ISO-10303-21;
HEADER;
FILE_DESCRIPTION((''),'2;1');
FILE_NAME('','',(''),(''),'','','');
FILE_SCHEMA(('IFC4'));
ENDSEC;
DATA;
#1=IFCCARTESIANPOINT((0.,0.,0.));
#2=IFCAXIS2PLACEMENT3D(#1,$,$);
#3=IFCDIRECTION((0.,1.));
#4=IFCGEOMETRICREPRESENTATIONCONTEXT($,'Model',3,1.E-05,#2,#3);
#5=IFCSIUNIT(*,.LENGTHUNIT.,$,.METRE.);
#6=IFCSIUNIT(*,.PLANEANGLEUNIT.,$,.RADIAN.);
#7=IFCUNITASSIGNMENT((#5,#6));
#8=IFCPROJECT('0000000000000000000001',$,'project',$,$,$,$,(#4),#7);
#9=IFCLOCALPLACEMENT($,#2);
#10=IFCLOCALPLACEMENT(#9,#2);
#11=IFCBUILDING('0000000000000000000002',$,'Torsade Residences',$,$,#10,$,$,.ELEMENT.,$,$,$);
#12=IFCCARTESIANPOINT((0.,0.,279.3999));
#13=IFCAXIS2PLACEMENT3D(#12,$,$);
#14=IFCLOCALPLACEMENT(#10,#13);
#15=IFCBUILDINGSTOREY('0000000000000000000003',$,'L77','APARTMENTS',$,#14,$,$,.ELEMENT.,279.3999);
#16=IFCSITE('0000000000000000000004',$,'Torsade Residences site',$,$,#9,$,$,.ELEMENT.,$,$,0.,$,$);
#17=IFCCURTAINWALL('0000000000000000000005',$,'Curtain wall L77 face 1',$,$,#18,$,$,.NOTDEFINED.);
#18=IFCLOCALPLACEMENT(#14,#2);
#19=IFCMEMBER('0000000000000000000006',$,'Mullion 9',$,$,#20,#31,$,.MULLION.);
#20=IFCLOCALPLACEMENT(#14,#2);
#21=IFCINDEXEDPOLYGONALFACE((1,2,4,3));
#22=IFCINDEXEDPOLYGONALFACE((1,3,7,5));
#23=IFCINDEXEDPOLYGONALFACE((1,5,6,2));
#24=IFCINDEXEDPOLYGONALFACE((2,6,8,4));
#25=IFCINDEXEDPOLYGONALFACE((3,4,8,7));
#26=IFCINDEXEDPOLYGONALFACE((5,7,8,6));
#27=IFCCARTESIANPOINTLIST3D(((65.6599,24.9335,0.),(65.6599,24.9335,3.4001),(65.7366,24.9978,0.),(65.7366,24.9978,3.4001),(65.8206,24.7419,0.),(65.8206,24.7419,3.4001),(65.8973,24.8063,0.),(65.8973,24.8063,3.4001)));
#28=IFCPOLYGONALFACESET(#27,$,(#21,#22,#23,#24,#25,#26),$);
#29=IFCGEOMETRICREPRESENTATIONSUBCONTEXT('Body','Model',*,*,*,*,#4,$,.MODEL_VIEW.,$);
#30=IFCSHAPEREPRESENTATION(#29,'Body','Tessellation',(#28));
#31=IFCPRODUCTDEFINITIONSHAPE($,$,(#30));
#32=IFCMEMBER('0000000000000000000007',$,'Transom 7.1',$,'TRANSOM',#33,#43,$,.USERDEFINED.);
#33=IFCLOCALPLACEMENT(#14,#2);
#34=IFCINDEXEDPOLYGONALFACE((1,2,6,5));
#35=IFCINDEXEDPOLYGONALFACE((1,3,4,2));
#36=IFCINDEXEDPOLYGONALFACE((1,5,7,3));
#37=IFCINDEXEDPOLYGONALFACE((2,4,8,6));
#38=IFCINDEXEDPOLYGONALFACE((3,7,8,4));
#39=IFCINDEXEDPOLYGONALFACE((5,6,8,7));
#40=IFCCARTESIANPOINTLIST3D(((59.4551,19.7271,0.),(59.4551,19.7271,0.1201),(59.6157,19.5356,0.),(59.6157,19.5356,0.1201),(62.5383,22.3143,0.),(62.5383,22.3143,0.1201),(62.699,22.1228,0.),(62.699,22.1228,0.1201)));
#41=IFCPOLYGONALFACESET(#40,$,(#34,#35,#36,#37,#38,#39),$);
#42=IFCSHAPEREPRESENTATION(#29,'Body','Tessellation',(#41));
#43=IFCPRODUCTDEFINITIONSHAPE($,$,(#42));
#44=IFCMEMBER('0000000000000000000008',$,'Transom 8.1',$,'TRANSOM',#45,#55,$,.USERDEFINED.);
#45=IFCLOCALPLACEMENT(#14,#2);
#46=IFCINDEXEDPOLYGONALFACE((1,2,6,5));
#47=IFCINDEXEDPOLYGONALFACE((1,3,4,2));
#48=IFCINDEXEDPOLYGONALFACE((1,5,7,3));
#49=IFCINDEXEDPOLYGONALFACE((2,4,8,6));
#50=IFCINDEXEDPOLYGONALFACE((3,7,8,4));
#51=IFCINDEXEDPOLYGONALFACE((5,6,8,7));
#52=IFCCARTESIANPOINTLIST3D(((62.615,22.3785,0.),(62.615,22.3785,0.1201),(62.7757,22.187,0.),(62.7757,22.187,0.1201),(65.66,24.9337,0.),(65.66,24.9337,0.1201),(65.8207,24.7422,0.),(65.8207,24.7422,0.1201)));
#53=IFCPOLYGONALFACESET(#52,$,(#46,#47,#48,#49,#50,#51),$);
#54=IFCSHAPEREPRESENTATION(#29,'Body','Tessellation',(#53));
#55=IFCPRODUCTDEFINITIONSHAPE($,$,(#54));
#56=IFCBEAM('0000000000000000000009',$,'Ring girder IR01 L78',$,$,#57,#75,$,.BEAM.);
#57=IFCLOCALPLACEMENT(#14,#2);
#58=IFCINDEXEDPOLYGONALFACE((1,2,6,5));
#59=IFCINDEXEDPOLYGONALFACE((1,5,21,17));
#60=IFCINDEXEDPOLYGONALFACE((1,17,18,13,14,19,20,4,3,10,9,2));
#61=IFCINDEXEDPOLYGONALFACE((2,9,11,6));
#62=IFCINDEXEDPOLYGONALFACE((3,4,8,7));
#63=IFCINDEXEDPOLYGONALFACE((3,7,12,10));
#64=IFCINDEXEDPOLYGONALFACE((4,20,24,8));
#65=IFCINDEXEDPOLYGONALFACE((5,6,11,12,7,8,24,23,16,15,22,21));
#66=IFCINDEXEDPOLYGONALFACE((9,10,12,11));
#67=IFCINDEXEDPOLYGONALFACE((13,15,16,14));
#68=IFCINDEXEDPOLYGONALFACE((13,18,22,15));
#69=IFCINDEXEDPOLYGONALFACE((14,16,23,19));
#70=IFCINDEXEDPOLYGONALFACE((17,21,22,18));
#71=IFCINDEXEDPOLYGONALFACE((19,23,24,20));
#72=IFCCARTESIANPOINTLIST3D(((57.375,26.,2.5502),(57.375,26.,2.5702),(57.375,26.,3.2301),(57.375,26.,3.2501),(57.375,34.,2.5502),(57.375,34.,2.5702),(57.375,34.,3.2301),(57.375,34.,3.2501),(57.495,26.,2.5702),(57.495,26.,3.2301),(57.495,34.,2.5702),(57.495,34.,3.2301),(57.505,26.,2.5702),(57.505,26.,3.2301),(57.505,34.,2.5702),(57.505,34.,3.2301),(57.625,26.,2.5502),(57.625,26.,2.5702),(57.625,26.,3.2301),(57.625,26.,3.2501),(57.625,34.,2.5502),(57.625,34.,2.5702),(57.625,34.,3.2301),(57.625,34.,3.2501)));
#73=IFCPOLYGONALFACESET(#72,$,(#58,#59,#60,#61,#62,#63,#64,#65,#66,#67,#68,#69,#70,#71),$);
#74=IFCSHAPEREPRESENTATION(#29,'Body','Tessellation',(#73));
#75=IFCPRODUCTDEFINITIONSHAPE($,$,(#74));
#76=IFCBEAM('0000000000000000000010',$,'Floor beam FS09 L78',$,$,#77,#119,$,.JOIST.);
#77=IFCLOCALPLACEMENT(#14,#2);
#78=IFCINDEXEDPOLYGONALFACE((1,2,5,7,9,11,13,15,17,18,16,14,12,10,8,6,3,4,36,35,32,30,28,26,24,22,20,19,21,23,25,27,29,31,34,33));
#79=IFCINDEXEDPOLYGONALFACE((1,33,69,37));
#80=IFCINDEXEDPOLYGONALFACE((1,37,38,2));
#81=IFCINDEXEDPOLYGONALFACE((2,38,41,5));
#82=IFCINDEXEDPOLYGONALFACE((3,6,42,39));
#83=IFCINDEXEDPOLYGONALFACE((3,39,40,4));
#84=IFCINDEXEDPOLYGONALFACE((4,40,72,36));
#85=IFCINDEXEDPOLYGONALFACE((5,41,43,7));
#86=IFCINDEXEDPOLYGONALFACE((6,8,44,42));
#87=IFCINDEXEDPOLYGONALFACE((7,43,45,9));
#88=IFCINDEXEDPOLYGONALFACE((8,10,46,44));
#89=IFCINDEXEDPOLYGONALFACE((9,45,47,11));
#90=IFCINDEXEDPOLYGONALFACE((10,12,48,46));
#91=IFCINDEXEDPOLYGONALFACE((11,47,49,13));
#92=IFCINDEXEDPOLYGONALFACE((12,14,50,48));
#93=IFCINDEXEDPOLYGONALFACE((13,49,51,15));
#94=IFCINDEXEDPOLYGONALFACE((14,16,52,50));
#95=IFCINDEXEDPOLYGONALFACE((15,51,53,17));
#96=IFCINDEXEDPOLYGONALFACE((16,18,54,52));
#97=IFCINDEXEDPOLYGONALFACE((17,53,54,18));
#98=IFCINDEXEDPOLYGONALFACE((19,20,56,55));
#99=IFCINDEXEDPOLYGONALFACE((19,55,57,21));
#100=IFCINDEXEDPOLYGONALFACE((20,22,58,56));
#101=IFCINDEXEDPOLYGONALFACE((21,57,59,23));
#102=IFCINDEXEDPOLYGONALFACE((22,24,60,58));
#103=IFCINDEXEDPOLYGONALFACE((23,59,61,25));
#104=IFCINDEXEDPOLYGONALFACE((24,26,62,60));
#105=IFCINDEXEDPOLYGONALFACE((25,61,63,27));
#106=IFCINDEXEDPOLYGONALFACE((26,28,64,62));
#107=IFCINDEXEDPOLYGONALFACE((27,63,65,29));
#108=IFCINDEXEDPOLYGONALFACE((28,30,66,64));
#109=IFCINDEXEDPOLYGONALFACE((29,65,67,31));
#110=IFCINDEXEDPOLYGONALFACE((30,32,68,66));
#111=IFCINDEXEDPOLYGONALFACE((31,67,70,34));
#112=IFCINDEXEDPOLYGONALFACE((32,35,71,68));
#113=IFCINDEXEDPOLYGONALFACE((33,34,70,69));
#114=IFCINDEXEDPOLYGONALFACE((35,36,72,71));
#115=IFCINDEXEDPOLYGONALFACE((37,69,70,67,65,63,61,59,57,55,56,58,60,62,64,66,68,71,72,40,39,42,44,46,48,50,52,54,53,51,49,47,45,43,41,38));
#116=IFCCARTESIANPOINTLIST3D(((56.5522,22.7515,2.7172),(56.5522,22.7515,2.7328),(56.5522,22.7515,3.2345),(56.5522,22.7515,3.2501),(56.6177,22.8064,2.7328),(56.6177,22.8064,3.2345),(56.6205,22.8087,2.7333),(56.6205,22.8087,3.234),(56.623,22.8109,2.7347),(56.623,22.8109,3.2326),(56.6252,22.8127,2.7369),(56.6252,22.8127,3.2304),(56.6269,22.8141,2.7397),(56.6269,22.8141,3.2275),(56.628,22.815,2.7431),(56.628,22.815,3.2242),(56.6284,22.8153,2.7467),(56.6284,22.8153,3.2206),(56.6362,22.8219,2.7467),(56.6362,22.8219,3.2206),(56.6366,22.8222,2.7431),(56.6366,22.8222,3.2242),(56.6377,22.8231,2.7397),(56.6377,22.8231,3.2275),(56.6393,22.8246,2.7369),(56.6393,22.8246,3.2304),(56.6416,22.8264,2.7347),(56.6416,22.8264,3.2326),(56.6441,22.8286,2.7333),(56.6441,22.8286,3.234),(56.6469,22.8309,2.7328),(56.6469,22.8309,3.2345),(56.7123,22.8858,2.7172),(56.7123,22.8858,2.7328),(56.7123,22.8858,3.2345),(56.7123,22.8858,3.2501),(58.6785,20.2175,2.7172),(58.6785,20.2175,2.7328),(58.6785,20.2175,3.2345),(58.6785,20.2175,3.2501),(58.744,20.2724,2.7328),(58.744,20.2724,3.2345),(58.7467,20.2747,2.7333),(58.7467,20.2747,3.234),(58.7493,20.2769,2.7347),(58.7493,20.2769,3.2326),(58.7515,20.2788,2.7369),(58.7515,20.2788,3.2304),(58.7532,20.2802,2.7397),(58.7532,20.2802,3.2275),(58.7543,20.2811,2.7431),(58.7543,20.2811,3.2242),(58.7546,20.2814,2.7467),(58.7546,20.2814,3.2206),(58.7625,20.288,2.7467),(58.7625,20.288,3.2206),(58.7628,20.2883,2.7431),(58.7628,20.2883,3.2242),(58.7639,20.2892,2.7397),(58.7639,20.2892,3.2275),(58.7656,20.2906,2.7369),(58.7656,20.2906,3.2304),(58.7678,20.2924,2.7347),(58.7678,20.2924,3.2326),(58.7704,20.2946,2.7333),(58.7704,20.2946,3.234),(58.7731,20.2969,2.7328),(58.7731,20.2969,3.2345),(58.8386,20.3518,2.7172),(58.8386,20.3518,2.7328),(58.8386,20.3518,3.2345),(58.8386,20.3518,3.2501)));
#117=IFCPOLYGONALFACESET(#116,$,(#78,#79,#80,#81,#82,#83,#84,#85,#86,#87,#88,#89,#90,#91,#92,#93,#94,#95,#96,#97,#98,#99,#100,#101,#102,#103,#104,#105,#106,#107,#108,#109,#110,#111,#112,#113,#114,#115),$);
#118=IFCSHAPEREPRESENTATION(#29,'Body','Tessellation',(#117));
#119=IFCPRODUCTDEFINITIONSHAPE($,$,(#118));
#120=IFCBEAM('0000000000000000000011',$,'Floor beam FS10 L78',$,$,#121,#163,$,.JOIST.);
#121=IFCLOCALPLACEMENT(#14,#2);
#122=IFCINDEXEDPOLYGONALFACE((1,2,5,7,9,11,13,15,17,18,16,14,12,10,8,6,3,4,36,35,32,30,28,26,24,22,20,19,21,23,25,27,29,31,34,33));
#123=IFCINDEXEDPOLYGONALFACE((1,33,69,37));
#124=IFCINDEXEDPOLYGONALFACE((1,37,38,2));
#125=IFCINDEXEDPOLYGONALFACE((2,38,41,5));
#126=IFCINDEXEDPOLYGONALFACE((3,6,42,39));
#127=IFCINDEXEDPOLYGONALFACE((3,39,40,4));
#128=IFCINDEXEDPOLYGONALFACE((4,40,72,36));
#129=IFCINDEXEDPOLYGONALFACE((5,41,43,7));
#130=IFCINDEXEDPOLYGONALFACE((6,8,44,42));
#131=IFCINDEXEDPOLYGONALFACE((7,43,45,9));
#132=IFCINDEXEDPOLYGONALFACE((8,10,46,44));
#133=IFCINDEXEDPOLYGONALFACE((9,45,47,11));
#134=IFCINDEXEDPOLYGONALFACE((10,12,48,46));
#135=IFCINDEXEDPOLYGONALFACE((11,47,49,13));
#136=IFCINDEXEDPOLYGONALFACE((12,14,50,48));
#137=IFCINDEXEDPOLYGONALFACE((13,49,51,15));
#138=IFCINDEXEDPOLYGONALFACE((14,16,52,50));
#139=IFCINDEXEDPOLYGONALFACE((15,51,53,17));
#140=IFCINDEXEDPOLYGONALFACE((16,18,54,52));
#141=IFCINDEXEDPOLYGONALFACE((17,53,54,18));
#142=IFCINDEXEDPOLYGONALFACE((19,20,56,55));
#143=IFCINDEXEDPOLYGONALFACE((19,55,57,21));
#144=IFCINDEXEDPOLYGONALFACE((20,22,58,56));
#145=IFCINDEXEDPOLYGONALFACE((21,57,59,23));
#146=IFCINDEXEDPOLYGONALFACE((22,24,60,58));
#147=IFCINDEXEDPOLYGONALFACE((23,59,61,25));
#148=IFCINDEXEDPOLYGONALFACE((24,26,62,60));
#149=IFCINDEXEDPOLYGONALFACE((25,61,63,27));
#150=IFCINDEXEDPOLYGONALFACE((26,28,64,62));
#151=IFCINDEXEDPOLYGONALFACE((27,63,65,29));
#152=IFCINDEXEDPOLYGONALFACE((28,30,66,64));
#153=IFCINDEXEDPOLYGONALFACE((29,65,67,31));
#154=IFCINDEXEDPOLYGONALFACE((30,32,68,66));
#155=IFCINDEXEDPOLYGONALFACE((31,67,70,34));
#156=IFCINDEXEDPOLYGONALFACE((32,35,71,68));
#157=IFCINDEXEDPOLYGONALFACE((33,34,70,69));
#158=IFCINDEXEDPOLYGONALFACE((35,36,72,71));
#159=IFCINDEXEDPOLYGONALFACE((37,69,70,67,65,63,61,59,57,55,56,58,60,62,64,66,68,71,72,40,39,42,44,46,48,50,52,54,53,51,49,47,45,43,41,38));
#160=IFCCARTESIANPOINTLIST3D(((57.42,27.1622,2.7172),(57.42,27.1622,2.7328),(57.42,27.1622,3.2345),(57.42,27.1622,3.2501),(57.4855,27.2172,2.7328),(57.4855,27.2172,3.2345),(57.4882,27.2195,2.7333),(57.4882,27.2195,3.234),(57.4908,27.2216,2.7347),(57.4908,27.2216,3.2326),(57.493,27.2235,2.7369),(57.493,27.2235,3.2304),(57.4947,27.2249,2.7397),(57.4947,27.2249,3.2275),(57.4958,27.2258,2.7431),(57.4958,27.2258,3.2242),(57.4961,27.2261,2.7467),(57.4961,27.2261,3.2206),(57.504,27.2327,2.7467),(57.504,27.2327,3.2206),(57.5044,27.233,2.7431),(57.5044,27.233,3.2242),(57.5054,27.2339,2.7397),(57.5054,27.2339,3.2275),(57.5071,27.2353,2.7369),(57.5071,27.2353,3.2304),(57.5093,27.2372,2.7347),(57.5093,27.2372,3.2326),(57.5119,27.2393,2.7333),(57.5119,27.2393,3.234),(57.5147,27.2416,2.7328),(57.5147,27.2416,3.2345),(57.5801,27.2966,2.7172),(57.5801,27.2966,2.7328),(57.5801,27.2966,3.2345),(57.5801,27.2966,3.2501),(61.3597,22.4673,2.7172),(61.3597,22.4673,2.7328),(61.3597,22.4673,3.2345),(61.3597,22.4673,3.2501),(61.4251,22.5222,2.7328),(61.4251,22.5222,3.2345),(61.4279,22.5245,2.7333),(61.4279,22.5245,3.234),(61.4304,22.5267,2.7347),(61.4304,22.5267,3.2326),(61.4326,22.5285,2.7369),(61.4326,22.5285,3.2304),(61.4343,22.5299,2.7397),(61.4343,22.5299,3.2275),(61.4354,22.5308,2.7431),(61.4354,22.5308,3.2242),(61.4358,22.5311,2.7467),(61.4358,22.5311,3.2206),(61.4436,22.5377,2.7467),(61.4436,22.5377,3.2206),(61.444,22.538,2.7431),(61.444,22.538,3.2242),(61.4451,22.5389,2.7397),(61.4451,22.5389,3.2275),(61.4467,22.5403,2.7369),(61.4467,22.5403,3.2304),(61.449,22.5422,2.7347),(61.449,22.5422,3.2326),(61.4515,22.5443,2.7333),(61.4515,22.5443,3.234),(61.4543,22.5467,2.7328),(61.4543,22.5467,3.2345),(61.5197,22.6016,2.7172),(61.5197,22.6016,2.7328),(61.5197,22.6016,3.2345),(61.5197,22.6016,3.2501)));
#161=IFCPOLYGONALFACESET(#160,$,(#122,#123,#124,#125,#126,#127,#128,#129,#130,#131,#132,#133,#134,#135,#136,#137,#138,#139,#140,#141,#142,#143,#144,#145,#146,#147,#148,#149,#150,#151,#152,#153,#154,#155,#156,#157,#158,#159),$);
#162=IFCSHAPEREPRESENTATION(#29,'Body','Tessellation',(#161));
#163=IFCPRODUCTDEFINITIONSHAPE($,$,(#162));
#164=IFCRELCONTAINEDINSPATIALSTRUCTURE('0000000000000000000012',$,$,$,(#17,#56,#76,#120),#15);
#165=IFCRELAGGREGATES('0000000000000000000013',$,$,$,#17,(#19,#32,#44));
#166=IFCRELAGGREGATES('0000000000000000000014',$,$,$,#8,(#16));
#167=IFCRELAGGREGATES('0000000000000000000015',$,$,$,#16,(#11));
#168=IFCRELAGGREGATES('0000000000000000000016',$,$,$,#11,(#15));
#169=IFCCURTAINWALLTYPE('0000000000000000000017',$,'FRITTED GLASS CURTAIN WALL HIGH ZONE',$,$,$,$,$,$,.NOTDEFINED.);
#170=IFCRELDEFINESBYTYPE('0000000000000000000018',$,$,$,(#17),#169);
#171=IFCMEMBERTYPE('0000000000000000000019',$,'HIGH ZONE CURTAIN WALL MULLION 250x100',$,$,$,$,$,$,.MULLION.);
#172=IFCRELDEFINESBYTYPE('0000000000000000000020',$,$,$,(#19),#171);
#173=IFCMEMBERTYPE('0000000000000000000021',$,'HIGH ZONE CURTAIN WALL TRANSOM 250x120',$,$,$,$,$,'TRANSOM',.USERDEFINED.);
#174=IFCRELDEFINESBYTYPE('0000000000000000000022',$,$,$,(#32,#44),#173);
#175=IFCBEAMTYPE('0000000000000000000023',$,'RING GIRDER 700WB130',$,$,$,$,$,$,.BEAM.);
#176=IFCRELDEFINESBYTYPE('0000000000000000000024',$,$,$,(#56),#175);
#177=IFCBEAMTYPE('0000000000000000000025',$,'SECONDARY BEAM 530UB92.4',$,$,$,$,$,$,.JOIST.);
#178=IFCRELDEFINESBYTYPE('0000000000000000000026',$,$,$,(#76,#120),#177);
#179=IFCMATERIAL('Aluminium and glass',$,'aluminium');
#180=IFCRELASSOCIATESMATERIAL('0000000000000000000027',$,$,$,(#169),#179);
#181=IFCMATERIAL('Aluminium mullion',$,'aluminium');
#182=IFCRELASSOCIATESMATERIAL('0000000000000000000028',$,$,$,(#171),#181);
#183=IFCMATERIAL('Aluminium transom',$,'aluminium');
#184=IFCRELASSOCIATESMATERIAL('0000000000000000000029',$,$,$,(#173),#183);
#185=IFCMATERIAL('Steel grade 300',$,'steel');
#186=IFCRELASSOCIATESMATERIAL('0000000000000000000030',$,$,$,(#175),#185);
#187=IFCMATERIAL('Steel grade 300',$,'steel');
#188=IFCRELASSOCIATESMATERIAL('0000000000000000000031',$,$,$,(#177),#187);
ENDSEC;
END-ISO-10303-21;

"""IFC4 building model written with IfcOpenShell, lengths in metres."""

from ifc_helpers import new_model, si_unit, direction, frame, origin, origin_2d, place, context, subcontext, project, spatial, rectangle, i_section, extrude, material, material_profile, profile_set, type_object, element, aggregate, save


model = new_model("IFC4")

# Units and contexts
model_context = context("Model", 3, precision=1e-05, world=origin(), true_north=direction((0.0, 1.0)))
body_context = subcontext(model_context, "Body", "Model", "MODEL_VIEW")
ifc_project = project(units=[si_unit("LENGTHUNIT", "METRE"), si_unit("PLANEANGLEUNIT", "RADIAN")], contexts=[model_context])

# Site, building, storey
site_placement = place(None, origin())
site = spatial("IfcSite", under=ifc_project, at=site_placement, Name="Torsade Residences site", CompositionType="ELEMENT", RefElevation=0.0)
building_placement = place(site_placement, origin())
building = spatial("IfcBuilding", under=site, at=building_placement, Name="Torsade Residences", CompositionType="ELEMENT")
storey_placement = place(building_placement, frame((0.0, 0.0, 279.3999)))
storey = spatial("IfcBuildingStorey", under=building, at=storey_placement, Name="L77", Description="APARTMENTS", CompositionType="ELEMENT", Elevation=279.3999)

# Curtain wall, members
ifc_material_1 = material(Name="Aluminium and glass", Category="aluminium")
curtain_wall_type = type_object("IfcCurtainWallType", Name="FRITTED GLASS CURTAIN WALL HIGH ZONE", PredefinedType="NOTDEFINED", material=ifc_material_1)
curtain_wall_placement = place(storey_placement, origin())
curtain_wall = element("IfcCurtainWall", 1, at=curtain_wall_placement, inside=storey, type_object=curtain_wall_type, Name="Curtain wall L77 face 1", PredefinedType="NOTDEFINED")
ifc_material_2 = material(Name="Aluminium mullion", Category="aluminium")
ifc_material_profile_1 = material_profile(ifc_material_2, rectangle(XDim=0.25, YDim=0.1001, at=origin_2d()), Name="HIGH ZONE CURTAIN WALL MULLION 250x100")
ifc_profile_set_1 = profile_set([ifc_material_profile_1], Name="Aluminium mullion")
member_type_1 = type_object("IfcMemberType", Name="HIGH ZONE CURTAIN WALL MULLION 250x100", PredefinedType="MULLION", material=ifc_profile_set_1)
member_1_placement = place(storey_placement, frame((65.7786, 24.8699, 0.0), z_axis=(0.0, 0.0, 1.0), x_axis=(-0.642788, 0.766044, 0.0)))
member_1 = element("IfcMember", 2, at=member_1_placement, type_object=member_type_1, Name="Mullion 9", PredefinedType="MULLION", context=body_context, shape_type="SweptSolid", body=[
    extrude(rectangle(XDim=0.25, YDim=0.1001, at=origin_2d()), origin(), (0.0, 0.0, 1.0), 3.4001),
])
ifc_material_3 = material(Name="Aluminium transom", Category="aluminium")
ifc_material_profile_2 = material_profile(ifc_material_3, rectangle(XDim=0.25, YDim=0.1201, at=origin_2d()), Name="HIGH ZONE CURTAIN WALL TRANSOM 250x120")
ifc_profile_set_2 = profile_set([ifc_material_profile_2], Name="Aluminium transom")
member_type_2 = type_object("IfcMemberType", Name="HIGH ZONE CURTAIN WALL TRANSOM 250x120", ElementType="TRANSOM", PredefinedType="USERDEFINED", material=ifc_profile_set_2)
member_2_placement = place(storey_placement, frame((59.5354, 19.6313, 0.0601), z_axis=(0.766044, 0.642788, 0.0), x_axis=(-0.642788, 0.766044, 0.0)))
member_2 = element("IfcMember", 3, at=member_2_placement, type_object=member_type_2, Name="Transom 7.1", ObjectType="TRANSOM", PredefinedType="USERDEFINED", context=body_context, shape_type="SweptSolid", body=[
    extrude(rectangle(XDim=0.25, YDim=0.1201, at=origin_2d()), origin(), (0.0, 0.0, 1.0), 4.0249),
])
member_3_placement = place(storey_placement, frame((62.6953, 22.2827, 0.0601), z_axis=(0.766022, 0.642815, 0.0), x_axis=(-0.642815, 0.766022, 0.0)))
member_3 = element("IfcMember", 4, at=member_3_placement, type_object=member_type_2, Name="Transom 8.1", ObjectType="TRANSOM", PredefinedType="USERDEFINED", context=body_context, shape_type="SweptSolid", body=[
    extrude(rectangle(XDim=0.25, YDim=0.1201, at=origin_2d()), origin(), (0.0, 0.0, 1.0), 3.9751),
])

# Beams
ifc_material_4 = material(Name="Steel grade 300", Category="steel")
ifc_material_profile_3 = material_profile(ifc_material_4, i_section(OverallWidth=0.25, OverallDepth=0.7, WebThickness=0.01, FlangeThickness=0.02, at=origin_2d()), Name="700WB130")
ifc_profile_set_3 = profile_set([ifc_material_profile_3], Name="Steel grade 300")
beam_type_1 = type_object("IfcBeamType", Name="RING GIRDER 700WB130", PredefinedType="BEAM", material=ifc_profile_set_3)
beam_1_placement = place(storey_placement, frame((57.5, 26.0, 2.9001), z_axis=(0.0, 1.0, 0.0), x_axis=(-1.0, 0.0, 0.0)))
element("IfcBeam", 5, at=beam_1_placement, inside=storey, type_object=beam_type_1, Name="Ring girder IR01 L78", PredefinedType="BEAM", context=body_context, shape_type="SweptSolid", body=[
    extrude(i_section(OverallWidth=0.25, OverallDepth=0.7, WebThickness=0.01, FlangeThickness=0.02, at=origin_2d()), origin(), (0.0, 0.0, 1.0), 8.0),
])
ifc_material_5 = material(Name="Steel grade 300", Category="steel")
ifc_material_profile_4 = material_profile(ifc_material_5, i_section(OverallWidth=0.209, OverallDepth=0.533, WebThickness=0.0103, FlangeThickness=0.0156, FilletRadius=0.0139, at=origin_2d()), Name="530UB92.4")
ifc_profile_set_4 = profile_set([ifc_material_profile_4], Name="Steel grade 300")
beam_type_2 = type_object("IfcBeamType", Name="SECONDARY BEAM 530UB92.4", PredefinedType="JOIST", material=ifc_profile_set_4)
beam_2_placement = place(storey_placement, frame((58.7585, 20.2847, 2.9836), z_axis=(-0.642787, 0.766045, 0.0), x_axis=(-0.766045, -0.642787, 0.0)))
element("IfcBeam", 6, at=beam_2_placement, inside=storey, type_object=beam_type_2, Name="Floor beam FS09 L78", PredefinedType="JOIST", context=body_context, shape_type="SweptSolid", body=[
    extrude(i_section(OverallWidth=0.209, OverallDepth=0.533, WebThickness=0.0103, FlangeThickness=0.0156, FilletRadius=0.0139, at=origin_2d()), origin(), (0.0, 0.0, 1.0), 3.3079),
])
beam_3_placement = place(storey_placement, frame((61.4397, 22.5344, 2.9836), z_axis=(-0.642794, 0.766039, 0.0), x_axis=(-0.766039, -0.642794, 0.0)))
element("IfcBeam", 7, at=beam_3_placement, inside=storey, type_object=beam_type_2, Name="Floor beam FS10 L78", PredefinedType="JOIST", context=body_context, shape_type="SweptSolid", body=[
    extrude(i_section(OverallWidth=0.209, OverallDepth=0.533, WebThickness=0.0103, FlangeThickness=0.0156, FilletRadius=0.0139, at=origin_2d()), origin(), (0.0, 0.0, 1.0), 6.1289),
])

aggregate(curtain_wall, [member_1, member_2, member_3])

save(model, "model.ifc")
